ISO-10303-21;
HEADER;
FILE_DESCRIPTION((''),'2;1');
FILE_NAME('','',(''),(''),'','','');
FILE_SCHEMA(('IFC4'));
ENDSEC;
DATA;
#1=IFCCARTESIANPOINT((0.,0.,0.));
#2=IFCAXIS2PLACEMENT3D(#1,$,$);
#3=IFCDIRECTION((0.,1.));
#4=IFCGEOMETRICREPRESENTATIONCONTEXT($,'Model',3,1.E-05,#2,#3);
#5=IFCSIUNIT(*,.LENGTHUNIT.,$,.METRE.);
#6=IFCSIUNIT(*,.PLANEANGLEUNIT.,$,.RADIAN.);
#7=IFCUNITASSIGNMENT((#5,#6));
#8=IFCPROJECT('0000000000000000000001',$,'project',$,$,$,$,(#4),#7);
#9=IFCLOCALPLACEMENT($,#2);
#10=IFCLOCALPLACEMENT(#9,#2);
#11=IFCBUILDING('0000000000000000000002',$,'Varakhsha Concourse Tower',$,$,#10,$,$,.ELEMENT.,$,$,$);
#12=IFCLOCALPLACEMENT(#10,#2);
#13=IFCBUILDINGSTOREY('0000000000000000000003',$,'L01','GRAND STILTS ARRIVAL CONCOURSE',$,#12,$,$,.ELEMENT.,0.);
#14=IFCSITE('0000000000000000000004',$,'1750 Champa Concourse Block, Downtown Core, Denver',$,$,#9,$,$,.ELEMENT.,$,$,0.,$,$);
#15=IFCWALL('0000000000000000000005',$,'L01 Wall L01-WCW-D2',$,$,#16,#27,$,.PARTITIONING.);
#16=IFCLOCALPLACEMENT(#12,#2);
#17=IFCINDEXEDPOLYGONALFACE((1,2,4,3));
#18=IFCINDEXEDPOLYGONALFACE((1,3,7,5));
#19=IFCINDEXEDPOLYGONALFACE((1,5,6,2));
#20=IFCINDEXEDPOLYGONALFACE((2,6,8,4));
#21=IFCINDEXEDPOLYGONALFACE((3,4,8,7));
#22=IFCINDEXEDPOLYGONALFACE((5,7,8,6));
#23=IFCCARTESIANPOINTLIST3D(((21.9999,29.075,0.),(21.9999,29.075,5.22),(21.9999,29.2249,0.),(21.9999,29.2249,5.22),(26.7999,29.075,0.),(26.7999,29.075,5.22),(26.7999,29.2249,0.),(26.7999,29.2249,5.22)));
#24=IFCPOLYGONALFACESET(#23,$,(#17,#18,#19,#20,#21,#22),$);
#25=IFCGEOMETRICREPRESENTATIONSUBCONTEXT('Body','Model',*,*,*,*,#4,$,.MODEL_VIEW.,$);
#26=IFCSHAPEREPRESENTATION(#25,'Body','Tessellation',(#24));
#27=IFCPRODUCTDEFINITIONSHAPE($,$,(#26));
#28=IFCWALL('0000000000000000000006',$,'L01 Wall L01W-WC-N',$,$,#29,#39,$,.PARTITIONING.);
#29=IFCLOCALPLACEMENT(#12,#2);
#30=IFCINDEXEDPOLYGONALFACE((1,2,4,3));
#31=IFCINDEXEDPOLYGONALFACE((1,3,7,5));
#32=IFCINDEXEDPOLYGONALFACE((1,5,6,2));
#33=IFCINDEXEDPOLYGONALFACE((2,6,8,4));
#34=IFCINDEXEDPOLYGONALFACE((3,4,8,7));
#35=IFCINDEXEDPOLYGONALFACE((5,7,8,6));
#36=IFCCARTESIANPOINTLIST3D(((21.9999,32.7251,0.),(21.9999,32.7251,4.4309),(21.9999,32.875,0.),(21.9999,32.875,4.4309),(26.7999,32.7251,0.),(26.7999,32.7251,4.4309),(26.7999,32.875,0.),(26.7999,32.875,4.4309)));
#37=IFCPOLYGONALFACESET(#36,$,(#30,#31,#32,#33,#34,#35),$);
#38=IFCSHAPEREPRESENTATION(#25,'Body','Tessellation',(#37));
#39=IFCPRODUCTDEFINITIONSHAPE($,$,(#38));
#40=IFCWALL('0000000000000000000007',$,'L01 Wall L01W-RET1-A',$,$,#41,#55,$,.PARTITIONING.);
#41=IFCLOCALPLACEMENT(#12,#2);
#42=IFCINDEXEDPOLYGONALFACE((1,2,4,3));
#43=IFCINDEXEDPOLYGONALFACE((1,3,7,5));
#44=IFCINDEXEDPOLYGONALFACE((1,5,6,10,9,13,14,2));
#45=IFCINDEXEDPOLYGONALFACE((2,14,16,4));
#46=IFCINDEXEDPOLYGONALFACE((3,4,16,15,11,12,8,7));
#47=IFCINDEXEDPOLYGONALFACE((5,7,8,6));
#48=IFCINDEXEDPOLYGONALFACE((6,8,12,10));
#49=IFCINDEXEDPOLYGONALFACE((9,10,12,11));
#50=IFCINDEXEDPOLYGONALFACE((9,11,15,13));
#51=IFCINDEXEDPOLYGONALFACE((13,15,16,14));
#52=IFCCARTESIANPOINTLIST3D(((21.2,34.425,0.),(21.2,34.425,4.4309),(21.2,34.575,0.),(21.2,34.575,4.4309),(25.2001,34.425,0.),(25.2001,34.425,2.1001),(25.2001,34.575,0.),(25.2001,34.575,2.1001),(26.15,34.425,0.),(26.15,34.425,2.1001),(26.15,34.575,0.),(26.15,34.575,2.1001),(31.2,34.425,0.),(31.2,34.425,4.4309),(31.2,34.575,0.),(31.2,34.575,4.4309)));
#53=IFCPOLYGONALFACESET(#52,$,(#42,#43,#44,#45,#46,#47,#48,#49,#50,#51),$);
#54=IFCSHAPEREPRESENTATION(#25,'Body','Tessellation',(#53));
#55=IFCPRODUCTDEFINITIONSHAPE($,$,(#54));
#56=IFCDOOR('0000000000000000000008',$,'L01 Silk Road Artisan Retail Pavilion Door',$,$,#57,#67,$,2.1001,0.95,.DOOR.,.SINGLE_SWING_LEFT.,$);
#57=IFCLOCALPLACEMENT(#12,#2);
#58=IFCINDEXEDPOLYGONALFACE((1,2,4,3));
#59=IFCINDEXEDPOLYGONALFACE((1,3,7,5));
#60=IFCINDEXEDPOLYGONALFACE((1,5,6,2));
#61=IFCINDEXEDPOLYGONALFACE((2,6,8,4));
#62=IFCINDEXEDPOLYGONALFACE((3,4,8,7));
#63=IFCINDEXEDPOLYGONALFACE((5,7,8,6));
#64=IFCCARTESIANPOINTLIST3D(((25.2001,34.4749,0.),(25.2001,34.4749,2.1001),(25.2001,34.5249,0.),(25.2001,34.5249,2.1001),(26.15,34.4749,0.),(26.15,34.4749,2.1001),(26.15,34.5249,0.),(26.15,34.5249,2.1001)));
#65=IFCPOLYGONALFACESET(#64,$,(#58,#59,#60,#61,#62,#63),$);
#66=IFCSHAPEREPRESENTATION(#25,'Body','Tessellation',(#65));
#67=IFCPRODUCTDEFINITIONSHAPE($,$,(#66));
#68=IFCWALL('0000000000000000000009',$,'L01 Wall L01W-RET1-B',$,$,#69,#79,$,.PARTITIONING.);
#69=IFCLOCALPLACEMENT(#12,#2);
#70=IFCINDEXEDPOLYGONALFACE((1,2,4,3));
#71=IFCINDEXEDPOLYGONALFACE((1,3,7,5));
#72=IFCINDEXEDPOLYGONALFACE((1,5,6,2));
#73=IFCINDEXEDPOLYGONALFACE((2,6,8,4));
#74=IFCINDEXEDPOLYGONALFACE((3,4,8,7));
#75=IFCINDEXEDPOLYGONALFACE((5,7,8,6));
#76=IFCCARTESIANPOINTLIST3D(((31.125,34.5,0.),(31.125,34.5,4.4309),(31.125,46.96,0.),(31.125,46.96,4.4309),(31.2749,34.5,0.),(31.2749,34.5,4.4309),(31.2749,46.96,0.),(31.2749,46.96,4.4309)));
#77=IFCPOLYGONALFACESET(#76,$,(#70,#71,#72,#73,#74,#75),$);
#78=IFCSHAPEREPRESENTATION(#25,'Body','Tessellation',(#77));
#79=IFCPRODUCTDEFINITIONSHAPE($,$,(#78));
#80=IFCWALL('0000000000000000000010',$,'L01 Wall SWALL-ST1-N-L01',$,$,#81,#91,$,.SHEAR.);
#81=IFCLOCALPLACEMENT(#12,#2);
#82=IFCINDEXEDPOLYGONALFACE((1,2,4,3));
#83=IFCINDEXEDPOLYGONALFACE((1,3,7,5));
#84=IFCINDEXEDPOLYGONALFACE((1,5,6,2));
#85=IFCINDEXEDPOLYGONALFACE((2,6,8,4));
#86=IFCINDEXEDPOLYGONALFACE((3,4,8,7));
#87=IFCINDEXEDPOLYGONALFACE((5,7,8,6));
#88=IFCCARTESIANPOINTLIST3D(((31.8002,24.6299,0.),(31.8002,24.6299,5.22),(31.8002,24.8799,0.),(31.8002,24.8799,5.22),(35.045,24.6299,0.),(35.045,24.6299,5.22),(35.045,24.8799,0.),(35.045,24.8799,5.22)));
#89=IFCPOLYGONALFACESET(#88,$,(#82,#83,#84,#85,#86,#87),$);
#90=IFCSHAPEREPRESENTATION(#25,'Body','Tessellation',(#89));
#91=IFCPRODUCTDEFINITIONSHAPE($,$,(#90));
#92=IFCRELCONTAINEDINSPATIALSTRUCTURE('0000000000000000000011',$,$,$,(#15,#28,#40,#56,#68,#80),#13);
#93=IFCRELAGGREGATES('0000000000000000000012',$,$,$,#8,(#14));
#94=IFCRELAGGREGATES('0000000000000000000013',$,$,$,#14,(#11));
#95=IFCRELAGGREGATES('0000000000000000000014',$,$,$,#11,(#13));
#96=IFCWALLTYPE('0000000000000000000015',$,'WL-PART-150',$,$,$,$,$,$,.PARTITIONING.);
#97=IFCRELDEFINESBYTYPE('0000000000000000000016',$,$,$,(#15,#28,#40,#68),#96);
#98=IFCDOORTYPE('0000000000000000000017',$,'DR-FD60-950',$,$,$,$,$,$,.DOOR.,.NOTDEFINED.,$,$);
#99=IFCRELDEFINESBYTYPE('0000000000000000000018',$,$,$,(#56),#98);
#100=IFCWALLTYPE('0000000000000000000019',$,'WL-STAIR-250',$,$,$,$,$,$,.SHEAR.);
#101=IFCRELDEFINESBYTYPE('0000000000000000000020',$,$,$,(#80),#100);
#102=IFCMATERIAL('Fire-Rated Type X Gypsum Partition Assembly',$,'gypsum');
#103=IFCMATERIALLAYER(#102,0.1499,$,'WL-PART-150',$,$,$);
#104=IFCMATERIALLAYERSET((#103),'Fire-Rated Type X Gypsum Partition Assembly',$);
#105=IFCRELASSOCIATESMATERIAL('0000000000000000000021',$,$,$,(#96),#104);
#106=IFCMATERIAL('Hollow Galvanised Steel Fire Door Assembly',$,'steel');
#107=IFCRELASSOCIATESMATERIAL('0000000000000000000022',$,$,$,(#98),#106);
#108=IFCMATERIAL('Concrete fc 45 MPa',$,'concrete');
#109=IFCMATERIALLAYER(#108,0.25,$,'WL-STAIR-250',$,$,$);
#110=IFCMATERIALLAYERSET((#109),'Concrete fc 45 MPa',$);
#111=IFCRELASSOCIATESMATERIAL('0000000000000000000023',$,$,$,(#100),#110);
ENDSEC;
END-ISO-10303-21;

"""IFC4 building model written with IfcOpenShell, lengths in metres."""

from ifc_helpers import new_model, si_unit, direction, frame, frame_2d, origin, place, context, subcontext, project, spatial, rectangle, extrude, material, layer, layer_set, type_object, element, fill, save


model = new_model("IFC4")

# Units and contexts
model_context = context("Model", 3, precision=1e-05, world=origin(), true_north=direction((0.0, 1.0)))
body_context = subcontext(model_context, "Body", "Model", "MODEL_VIEW")
ifc_project = project(units=[si_unit("LENGTHUNIT", "METRE"), si_unit("PLANEANGLEUNIT", "RADIAN")], contexts=[model_context])

# Site, building, storey
site_placement = place(None, origin())
site = spatial("IfcSite", under=ifc_project, at=site_placement, Name="1750 Champa Concourse Block, Downtown Core, Denver", CompositionType="ELEMENT", RefElevation=0.0)
building_placement = place(site_placement, origin())
building = spatial("IfcBuilding", under=site, at=building_placement, Name="Varakhsha Concourse Tower", CompositionType="ELEMENT")
storey_placement = place(building_placement, origin())
storey = spatial("IfcBuildingStorey", under=building, at=storey_placement, Name="L01", Description="GRAND STILTS ARRIVAL CONCOURSE", CompositionType="ELEMENT", Elevation=0.0)

# Walls
ifc_material_1 = material(Name="Fire-Rated Type X Gypsum Partition Assembly", Category="gypsum")
ifc_layer_1 = layer(ifc_material_1, 0.1499, Name="WL-PART-150")
ifc_layer_set_1 = layer_set([ifc_layer_1], Name="Fire-Rated Type X Gypsum Partition Assembly")
wall_type_1 = type_object("IfcWallType", Name="WL-PART-150", PredefinedType="PARTITIONING", material=ifc_layer_set_1)
for number, where, z_axis, x_axis, name in (
    (1, (22.0, 29.1499, 0.0), (0.0, 0.0, 1.0), (1.0, 0.0, 0.0), "L01 Wall L01-WCW-D2"),
):
    element("IfcWall", number, at=place(storey_placement, frame(where, z_axis=z_axis, x_axis=x_axis)), inside=storey, type_object=wall_type_1, Name=name, PredefinedType="PARTITIONING", context=body_context, shape_type="SweptSolid", body=[
        extrude(rectangle(XDim=4.8, YDim=0.1499, at=frame_2d((2.3999, 0.0))), origin(), (0.0, 0.0, 1.0), 5.22),
    ])
wall_1_placement = place(storey_placement, frame((22.0, 32.8, 0.0), z_axis=(0.0, 0.0, 1.0), x_axis=(1.0, 0.0, 0.0)))
element("IfcWall", 2, at=wall_1_placement, inside=storey, type_object=wall_type_1, Name="L01 Wall L01W-WC-N", PredefinedType="PARTITIONING", context=body_context, shape_type="SweptSolid", body=[
    extrude(rectangle(XDim=4.8, YDim=0.1499, at=frame_2d((2.3999, 0.0))), origin(), (0.0, 0.0, 1.0), 4.4309),
])

# Wall, opening, door
wall_2_placement = place(storey_placement, frame((21.2, 34.5, 0.0), z_axis=(0.0, 0.0, 1.0), x_axis=(1.0, 0.0, 0.0)))
wall_2 = element("IfcWall", 3, at=wall_2_placement, inside=storey, type_object=wall_type_1, Name="L01 Wall L01W-RET1-A", PredefinedType="PARTITIONING", context=body_context, shape_type="SweptSolid", body=[
    extrude(rectangle(XDim=10.0, YDim=0.1499, at=frame_2d((5.0, 0.0))), origin(), (0.0, 0.0, 1.0), 4.4309),
])
opening_placement = place(wall_2_placement, frame((4.0, 0.0, 0.0)))
opening = element("IfcOpeningElement", 4, at=opening_placement, cuts=wall_2, PredefinedType="OPENING", context=body_context, shape_type="SweptSolid", body=[
    extrude(rectangle(XDim=0.95, YDim=2.1001, at=frame_2d((0.4751, 1.05))), frame((0.0, 0.085, 0.0), z_axis=(0.0, -1.0, 0.0), x_axis=(1.0, 0.0, 0.0)), (0.0, 0.0, 1.0), 0.1699),
])
ifc_material_2 = material(Name="Hollow Galvanised Steel Fire Door Assembly", Category="steel")
door_type = type_object("IfcDoorType", Name="DR-FD60-950", OperationType="NOTDEFINED", PredefinedType="DOOR", material=ifc_material_2)
door_placement = place(opening_placement, origin())
door = element("IfcDoor", 5, at=door_placement, inside=storey, type_object=door_type, Name="L01 Silk Road Artisan Retail Pavilion Door", OperationType="SINGLE_SWING_LEFT", OverallHeight=2.1001, OverallWidth=0.95, PredefinedType="DOOR", context=body_context, shape_type="SweptSolid", body=[
    extrude(rectangle(XDim=0.95, YDim=2.1001, at=frame_2d((0.4751, 1.05))), frame((0.0, 0.0249, 0.0), z_axis=(0.0, -1.0, 0.0), x_axis=(1.0, 0.0, 0.0)), (0.0, 0.0, 1.0), 0.05),
])
fill(opening, door)

# Walls
wall_3_placement = place(storey_placement, frame((31.2, 34.5, 0.0), z_axis=(0.0, 0.0, 1.0), x_axis=(0.0, 1.0, 0.0)))
element("IfcWall", 6, at=wall_3_placement, inside=storey, type_object=wall_type_1, Name="L01 Wall L01W-RET1-B", PredefinedType="PARTITIONING", context=body_context, shape_type="SweptSolid", body=[
    extrude(rectangle(XDim=12.46, YDim=0.1499, at=frame_2d((6.23, 0.0))), origin(), (0.0, 0.0, 1.0), 4.4309),
])
ifc_material_3 = material(Name="Concrete fc 45 MPa", Category="concrete")
ifc_layer_2 = layer(ifc_material_3, 0.25, Name="WL-STAIR-250")
ifc_layer_set_2 = layer_set([ifc_layer_2], Name="Concrete fc 45 MPa")
wall_type_2 = type_object("IfcWallType", Name="WL-STAIR-250", PredefinedType="SHEAR", material=ifc_layer_set_2)
wall_4_placement = place(storey_placement, frame((31.8, 24.7549, 0.0), z_axis=(0.0, 0.0, 1.0), x_axis=(1.0, 0.0, 0.0)))
element("IfcWall", 7, at=wall_4_placement, inside=storey, type_object=wall_type_2, Name="L01 Wall SWALL-ST1-N-L01", PredefinedType="SHEAR", context=body_context, shape_type="SweptSolid", body=[
    extrude(rectangle(XDim=3.2449, YDim=0.25, at=frame_2d((1.6226, 0.0))), origin(), (0.0, 0.0, 1.0), 5.22),
])

save(model, "model.ifc")
